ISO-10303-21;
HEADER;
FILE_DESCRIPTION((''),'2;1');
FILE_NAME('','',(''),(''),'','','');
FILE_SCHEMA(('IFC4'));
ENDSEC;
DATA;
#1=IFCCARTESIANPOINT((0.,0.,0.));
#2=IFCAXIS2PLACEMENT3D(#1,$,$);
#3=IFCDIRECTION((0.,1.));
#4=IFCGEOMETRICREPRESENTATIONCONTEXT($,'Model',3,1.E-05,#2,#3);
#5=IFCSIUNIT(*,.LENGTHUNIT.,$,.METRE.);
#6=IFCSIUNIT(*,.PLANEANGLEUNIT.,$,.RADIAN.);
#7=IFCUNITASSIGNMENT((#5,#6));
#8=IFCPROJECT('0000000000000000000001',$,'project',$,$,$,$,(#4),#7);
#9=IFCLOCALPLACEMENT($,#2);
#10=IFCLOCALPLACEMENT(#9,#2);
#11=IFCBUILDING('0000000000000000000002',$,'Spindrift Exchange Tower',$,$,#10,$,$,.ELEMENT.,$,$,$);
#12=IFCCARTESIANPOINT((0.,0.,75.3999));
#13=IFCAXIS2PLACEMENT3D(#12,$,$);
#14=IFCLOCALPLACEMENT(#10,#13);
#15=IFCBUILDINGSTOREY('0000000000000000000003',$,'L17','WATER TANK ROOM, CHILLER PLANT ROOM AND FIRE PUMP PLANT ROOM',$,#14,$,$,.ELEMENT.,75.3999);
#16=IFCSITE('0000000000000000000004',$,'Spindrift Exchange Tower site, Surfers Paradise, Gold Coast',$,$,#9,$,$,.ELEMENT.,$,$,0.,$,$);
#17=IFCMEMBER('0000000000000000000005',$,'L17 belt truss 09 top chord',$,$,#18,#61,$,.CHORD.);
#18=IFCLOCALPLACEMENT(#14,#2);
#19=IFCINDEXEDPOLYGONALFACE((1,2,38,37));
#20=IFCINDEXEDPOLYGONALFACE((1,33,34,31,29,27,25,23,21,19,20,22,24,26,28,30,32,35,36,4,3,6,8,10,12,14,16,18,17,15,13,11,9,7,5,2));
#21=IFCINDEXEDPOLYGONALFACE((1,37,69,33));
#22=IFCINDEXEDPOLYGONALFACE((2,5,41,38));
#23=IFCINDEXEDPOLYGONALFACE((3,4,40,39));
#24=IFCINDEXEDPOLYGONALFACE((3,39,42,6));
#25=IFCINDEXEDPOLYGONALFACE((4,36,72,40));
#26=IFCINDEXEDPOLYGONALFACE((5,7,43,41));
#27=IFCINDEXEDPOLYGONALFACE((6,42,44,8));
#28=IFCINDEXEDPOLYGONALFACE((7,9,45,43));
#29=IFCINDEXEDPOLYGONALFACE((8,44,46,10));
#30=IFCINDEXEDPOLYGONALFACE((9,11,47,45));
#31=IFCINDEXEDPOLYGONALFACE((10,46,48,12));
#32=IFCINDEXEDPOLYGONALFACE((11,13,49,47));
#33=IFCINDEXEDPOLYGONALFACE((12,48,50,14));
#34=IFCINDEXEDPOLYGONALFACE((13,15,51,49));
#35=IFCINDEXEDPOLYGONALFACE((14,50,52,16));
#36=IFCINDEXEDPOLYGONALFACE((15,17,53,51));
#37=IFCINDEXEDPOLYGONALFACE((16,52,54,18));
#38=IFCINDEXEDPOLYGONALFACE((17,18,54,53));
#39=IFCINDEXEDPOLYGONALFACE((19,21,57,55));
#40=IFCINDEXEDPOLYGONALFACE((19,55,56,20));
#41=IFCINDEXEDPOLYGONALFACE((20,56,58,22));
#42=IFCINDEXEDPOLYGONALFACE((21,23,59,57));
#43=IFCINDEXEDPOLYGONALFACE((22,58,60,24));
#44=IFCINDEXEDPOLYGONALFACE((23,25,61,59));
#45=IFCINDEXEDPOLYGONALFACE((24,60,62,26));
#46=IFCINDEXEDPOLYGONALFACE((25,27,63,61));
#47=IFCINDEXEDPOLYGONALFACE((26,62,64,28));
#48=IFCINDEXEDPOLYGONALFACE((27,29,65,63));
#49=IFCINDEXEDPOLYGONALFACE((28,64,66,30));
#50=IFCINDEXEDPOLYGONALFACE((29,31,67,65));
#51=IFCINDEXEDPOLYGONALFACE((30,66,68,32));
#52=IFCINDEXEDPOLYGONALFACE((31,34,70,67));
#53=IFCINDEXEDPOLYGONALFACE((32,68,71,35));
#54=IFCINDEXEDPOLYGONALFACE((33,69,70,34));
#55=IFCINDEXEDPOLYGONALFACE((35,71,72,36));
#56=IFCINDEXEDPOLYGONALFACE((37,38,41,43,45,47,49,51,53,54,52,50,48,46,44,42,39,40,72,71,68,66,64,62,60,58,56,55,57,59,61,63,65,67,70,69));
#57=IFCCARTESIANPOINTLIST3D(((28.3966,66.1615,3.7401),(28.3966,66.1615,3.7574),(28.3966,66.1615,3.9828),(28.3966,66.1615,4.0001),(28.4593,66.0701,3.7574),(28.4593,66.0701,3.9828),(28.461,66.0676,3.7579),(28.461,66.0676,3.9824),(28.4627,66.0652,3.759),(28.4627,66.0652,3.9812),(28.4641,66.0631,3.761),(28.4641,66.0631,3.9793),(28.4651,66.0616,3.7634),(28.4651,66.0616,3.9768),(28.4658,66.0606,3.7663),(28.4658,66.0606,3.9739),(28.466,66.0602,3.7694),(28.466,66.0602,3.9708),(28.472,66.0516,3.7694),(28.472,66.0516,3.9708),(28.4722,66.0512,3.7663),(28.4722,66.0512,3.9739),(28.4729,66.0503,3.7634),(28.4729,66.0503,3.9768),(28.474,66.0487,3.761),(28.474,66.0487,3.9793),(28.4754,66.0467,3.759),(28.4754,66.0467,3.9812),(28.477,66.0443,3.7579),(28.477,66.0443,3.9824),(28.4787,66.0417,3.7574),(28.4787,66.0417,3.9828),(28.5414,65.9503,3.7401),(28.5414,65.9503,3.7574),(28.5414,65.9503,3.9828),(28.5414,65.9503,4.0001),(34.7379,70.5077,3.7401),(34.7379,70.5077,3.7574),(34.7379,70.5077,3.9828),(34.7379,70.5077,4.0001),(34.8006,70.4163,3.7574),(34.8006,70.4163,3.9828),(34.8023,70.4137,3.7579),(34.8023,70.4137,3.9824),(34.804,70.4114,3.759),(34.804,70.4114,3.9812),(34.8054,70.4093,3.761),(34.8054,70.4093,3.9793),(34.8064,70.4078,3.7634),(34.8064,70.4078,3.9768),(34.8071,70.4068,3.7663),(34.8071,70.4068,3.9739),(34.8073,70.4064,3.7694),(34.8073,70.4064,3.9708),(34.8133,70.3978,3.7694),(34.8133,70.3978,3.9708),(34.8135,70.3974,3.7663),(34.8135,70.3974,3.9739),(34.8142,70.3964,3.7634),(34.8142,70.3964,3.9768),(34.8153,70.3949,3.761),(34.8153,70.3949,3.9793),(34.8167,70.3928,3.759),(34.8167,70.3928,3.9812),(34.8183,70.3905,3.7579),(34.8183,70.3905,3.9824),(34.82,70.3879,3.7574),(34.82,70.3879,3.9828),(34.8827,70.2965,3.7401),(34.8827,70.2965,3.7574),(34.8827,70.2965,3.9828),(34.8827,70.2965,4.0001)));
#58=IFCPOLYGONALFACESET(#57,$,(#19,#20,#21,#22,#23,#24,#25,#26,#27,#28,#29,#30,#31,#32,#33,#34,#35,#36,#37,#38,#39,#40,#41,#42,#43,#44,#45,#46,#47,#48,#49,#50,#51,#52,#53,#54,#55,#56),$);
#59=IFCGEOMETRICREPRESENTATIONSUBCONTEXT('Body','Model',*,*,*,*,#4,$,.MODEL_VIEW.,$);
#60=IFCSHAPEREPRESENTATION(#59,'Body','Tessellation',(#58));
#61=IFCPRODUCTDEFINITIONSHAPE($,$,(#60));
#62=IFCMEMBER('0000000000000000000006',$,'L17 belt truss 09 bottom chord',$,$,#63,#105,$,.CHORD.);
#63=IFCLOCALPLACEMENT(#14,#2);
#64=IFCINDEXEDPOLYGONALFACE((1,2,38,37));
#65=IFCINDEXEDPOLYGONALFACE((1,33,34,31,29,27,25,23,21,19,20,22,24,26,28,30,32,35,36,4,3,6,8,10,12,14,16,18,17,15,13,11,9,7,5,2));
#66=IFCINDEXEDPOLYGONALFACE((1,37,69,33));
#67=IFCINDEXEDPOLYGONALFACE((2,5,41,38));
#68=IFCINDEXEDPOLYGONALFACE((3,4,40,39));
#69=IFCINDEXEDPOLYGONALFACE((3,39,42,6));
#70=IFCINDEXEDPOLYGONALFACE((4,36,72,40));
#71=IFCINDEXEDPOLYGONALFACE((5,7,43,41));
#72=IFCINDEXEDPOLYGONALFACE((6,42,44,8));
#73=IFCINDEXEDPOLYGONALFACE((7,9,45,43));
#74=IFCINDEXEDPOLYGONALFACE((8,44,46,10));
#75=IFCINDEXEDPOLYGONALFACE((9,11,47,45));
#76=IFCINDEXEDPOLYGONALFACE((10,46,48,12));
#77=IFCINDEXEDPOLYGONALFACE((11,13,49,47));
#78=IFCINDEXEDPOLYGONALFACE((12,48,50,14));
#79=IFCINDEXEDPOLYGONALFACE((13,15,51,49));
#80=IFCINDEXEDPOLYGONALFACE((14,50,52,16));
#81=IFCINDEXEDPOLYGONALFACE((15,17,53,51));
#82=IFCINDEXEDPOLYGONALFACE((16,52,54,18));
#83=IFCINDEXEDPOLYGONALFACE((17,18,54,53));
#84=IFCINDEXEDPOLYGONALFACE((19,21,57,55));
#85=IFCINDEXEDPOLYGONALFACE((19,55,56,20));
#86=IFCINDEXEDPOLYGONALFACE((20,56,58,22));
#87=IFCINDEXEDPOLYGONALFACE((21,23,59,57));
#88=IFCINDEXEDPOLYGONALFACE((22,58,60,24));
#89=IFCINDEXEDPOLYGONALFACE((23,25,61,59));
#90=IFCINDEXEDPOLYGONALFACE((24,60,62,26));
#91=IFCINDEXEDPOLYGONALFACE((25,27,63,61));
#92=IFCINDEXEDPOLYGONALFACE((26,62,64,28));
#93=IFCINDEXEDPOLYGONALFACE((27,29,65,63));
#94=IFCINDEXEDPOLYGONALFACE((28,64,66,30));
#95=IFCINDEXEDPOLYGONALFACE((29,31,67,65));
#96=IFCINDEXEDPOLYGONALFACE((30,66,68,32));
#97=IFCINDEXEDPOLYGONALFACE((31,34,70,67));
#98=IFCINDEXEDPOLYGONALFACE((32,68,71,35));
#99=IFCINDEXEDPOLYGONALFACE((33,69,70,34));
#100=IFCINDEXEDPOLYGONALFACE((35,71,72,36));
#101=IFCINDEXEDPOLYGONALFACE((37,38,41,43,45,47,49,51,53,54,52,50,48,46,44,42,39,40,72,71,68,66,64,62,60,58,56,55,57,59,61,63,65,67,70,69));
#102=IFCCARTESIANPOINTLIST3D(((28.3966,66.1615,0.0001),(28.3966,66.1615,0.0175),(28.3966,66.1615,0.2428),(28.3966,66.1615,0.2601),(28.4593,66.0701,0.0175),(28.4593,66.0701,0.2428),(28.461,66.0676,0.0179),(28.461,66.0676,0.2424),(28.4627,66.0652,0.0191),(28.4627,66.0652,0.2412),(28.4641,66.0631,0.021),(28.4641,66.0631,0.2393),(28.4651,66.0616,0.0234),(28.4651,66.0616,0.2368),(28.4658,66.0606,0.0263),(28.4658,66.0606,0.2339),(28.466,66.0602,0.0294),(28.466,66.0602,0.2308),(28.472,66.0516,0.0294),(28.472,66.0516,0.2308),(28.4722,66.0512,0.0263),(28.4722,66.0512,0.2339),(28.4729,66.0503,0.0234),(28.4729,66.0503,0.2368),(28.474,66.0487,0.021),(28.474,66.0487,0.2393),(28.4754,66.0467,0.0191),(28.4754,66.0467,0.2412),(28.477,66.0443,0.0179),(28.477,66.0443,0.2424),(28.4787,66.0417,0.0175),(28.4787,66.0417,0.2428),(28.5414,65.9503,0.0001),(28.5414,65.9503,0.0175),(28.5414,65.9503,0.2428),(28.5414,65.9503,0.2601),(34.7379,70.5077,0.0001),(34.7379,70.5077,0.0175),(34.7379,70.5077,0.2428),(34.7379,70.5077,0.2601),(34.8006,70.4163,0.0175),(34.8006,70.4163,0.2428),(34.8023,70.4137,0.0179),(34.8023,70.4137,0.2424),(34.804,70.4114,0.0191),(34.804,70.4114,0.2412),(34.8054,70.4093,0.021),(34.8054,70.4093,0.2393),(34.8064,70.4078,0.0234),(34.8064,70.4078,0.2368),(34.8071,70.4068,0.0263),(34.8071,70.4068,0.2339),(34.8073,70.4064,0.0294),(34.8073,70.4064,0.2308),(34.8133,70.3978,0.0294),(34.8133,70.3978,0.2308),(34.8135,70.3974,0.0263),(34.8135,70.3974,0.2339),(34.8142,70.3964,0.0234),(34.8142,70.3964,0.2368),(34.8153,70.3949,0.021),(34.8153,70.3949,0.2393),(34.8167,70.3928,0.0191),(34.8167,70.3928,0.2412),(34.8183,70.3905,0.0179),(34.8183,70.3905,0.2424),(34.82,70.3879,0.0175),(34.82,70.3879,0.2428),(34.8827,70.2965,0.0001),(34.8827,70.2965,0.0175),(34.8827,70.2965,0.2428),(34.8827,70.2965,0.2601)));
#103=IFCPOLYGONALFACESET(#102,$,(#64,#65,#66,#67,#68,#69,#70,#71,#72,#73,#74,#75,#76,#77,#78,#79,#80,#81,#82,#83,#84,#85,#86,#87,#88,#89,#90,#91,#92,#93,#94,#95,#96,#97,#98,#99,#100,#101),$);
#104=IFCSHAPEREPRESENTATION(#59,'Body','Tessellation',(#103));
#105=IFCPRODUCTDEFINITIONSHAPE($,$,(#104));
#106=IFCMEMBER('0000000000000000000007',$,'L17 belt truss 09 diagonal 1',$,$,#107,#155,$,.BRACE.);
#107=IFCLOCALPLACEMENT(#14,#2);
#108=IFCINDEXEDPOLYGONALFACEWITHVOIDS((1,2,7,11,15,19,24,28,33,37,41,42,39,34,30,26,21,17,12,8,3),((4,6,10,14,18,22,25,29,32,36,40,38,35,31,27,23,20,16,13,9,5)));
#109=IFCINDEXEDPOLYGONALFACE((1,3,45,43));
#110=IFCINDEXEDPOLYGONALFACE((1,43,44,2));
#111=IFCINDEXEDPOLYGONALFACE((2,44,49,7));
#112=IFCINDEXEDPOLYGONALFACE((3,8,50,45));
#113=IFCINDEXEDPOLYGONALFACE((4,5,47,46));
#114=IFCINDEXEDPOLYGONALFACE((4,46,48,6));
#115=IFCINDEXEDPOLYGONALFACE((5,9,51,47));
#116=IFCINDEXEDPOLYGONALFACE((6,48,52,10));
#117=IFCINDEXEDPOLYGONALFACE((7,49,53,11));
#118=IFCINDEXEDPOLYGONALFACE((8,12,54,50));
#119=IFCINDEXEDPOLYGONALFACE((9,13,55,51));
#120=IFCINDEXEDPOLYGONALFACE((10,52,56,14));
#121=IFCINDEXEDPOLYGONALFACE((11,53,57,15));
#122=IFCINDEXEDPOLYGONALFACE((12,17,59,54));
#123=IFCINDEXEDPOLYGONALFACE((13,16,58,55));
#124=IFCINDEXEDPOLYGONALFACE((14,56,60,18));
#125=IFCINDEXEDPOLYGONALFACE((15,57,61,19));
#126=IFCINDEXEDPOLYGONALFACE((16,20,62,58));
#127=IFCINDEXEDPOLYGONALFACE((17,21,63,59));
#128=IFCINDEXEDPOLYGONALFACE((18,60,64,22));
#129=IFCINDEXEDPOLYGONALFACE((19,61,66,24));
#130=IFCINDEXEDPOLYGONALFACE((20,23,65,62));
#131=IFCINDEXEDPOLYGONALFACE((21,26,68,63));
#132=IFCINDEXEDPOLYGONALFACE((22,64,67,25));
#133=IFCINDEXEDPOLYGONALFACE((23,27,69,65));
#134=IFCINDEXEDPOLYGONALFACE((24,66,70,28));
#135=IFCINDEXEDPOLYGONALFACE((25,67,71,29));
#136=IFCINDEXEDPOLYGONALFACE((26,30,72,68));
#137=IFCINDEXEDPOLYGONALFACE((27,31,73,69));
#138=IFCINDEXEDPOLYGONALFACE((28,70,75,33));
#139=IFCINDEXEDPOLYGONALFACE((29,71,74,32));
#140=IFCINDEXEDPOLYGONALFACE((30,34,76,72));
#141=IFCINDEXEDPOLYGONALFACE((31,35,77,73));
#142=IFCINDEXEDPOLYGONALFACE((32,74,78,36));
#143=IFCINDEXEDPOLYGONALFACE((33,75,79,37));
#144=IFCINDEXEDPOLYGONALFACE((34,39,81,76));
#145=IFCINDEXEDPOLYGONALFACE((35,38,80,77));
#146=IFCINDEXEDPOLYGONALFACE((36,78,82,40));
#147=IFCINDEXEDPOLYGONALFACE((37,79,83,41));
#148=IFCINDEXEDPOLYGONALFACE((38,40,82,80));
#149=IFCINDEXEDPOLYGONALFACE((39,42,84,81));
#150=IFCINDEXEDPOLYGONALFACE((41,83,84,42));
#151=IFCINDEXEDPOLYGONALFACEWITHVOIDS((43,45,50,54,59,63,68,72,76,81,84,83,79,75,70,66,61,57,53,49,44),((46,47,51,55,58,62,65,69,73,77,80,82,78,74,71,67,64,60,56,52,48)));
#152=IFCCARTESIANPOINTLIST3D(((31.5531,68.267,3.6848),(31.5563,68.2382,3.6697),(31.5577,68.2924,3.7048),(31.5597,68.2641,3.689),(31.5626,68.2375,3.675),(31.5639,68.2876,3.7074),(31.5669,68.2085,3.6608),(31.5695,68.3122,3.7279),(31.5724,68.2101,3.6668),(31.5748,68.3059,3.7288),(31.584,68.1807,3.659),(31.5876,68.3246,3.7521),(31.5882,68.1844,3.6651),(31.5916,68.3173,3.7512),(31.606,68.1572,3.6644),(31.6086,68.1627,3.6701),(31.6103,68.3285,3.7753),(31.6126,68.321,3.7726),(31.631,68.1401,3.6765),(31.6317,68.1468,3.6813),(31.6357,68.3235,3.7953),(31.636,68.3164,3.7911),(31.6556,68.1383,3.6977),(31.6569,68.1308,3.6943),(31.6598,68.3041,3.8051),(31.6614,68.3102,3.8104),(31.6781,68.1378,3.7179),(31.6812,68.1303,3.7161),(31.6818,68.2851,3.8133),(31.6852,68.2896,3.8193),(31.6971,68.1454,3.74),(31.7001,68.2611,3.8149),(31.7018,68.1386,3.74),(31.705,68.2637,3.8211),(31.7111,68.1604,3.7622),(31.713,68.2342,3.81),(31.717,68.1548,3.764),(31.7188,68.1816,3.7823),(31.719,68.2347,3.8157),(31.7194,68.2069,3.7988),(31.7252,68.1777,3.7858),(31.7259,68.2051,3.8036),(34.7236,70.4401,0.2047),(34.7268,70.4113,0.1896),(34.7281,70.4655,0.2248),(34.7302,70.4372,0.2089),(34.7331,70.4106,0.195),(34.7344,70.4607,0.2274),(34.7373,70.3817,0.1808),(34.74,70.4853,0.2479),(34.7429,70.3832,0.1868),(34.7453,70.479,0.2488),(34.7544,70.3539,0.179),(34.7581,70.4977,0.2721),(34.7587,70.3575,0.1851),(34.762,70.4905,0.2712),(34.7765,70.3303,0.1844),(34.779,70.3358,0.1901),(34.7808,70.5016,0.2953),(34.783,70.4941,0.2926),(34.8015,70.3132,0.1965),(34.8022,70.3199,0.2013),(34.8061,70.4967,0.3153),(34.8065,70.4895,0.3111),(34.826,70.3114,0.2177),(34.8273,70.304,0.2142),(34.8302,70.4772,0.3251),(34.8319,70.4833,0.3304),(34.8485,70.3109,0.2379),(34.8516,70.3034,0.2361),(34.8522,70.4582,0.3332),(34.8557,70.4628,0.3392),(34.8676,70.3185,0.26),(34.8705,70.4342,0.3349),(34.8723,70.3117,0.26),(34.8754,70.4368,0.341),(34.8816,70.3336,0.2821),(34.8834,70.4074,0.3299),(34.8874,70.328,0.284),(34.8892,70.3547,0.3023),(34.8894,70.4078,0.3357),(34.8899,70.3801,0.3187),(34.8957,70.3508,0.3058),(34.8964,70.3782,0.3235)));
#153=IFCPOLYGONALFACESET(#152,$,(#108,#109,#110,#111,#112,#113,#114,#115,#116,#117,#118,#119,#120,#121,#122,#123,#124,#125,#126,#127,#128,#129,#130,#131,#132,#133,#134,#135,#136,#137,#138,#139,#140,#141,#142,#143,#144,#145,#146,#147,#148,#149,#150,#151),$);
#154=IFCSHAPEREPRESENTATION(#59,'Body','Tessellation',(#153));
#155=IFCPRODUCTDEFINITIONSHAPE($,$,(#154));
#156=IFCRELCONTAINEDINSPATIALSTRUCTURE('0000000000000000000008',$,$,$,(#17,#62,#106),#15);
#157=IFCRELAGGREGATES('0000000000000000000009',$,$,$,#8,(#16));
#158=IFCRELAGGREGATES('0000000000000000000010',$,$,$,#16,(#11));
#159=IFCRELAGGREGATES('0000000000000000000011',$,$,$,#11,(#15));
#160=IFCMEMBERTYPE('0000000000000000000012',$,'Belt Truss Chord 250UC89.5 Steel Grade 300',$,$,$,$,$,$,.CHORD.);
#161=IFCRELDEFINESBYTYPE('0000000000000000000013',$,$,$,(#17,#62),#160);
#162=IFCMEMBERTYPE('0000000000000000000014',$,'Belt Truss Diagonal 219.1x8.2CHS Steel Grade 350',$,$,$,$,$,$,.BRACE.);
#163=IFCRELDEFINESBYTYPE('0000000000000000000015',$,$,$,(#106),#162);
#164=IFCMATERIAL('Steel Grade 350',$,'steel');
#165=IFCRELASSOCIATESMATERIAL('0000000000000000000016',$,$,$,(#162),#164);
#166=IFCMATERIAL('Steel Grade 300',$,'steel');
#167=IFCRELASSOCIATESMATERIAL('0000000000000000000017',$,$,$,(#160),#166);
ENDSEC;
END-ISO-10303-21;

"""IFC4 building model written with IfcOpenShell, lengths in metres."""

from ifc_helpers import new_model, si_unit, direction, frame, origin, origin_2d, place, context, subcontext, project, spatial, hollow_circle, i_section, extrude, source, transform, mapped, material, material_profile, profile_set, type_object, element, save


model = new_model("IFC4")

# Units and contexts
model_context = context("Model", 3, precision=1e-05, world=origin(), true_north=direction((0.0, 1.0)))
body_context = subcontext(model_context, "Body", "Model", "MODEL_VIEW")
ifc_project = project(units=[si_unit("LENGTHUNIT", "METRE"), si_unit("PLANEANGLEUNIT", "RADIAN")], contexts=[model_context])

# Site, building, storey
site_placement = place(None, origin())
site = spatial("IfcSite", under=ifc_project, at=site_placement, Name="Spindrift Exchange Tower site, Surfers Paradise, Gold Coast", CompositionType="ELEMENT", RefElevation=0.0)
building_placement = place(site_placement, origin())
building = spatial("IfcBuilding", under=site, at=building_placement, Name="Spindrift Exchange Tower", CompositionType="ELEMENT")
storey_placement = place(building_placement, frame((0.0, 0.0, 75.3999)))
storey = spatial("IfcBuildingStorey", under=building, at=storey_placement, Name="L17", Description="WATER TANK ROOM, CHILLER PLANT ROOM AND FIRE PUMP PLANT ROOM", CompositionType="ELEMENT", Elevation=75.3999)

# Shared definitions
ifc_material_1 = material(Name="Steel Grade 300", Category="steel")

# Members
ifc_material_2 = material(Name="Steel Grade 350", Category="steel")
ifc_material_profile_1 = material_profile(ifc_material_2, hollow_circle(Radius=0.1096, WallThickness=0.0083, at=origin_2d()), Name="219.1x8.2CHS")
ifc_profile_set_1 = profile_set([ifc_material_profile_1], Name="Steel Grade 350")
member_type_1 = type_object("IfcMemberType", Name="Belt Truss Diagonal 219.1x8.2CHS Steel Grade 350", PredefinedType="BRACE", material=ifc_profile_set_1)
ifc_material_profile_2 = material_profile(ifc_material_1, i_section(OverallWidth=0.2561, OverallDepth=0.26, WebThickness=0.0105, FlangeThickness=0.0173, FilletRadius=0.012, at=origin_2d()), Name="250UC89.5")
ifc_profile_set_2 = profile_set([ifc_material_profile_2], Name="Steel Grade 300")
member_type_2 = type_object("IfcMemberType", Name="Belt Truss Chord 250UC89.5 Steel Grade 300", PredefinedType="CHORD", material=ifc_profile_set_2)
shared_shape_1 = source(origin(), body_context, "Body", "SweptSolid", [
    extrude(i_section(OverallWidth=0.2561, OverallDepth=0.26, WebThickness=0.0105, FlangeThickness=0.0173, FilletRadius=0.012, at=origin_2d()), origin(), (0.0, 0.0, 1.0), 7.6877),
])
for number, where, z_axis, x_axis, name in (
    (1, (34.8103, 70.4021, 3.8701), (-0.824858, -0.565339, 0.0), (0.565339, -0.824858, 0.0), "L17 belt truss 09 top chord"),
    (2, (34.8103, 70.4021, 0.1301), (-0.824858, -0.565339, 0.0), (0.565339, -0.824858, 0.0), "L17 belt truss 09 bottom chord"),
):
    element("IfcMember", number, at=place(storey_placement, frame(where, z_axis=z_axis, x_axis=x_axis)), inside=storey, type_object=member_type_2, Name=name, PredefinedType="CHORD", context=body_context, shape_type="MappedRepresentation", body=[
        mapped(shared_shape_1, transform((0.0, 0.0, 0.0), scale=1.0)),
    ])
shared_shape_2 = source(origin(), body_context, "Body", "SweptSolid", [
    extrude(hollow_circle(Radius=0.1096, WallThickness=0.0083, at=origin_2d()), origin(), (0.0, 0.0, 1.0), 5.1851),
])
member_1_placement = place(storey_placement, frame((34.8103, 70.4021, 0.26), z_axis=(-0.611459, -0.419113, 0.671165), x_axis=(0.565369, -0.824838, 0.0)))
element("IfcMember", 3, at=member_1_placement, inside=storey, type_object=member_type_1, Name="L17 belt truss 09 diagonal 1", PredefinedType="BRACE", context=body_context, shape_type="MappedRepresentation", body=[
    mapped(shared_shape_2, transform((0.0, 0.0, 0.0), scale=1.0)),
])

save(model, "model.ifc")
